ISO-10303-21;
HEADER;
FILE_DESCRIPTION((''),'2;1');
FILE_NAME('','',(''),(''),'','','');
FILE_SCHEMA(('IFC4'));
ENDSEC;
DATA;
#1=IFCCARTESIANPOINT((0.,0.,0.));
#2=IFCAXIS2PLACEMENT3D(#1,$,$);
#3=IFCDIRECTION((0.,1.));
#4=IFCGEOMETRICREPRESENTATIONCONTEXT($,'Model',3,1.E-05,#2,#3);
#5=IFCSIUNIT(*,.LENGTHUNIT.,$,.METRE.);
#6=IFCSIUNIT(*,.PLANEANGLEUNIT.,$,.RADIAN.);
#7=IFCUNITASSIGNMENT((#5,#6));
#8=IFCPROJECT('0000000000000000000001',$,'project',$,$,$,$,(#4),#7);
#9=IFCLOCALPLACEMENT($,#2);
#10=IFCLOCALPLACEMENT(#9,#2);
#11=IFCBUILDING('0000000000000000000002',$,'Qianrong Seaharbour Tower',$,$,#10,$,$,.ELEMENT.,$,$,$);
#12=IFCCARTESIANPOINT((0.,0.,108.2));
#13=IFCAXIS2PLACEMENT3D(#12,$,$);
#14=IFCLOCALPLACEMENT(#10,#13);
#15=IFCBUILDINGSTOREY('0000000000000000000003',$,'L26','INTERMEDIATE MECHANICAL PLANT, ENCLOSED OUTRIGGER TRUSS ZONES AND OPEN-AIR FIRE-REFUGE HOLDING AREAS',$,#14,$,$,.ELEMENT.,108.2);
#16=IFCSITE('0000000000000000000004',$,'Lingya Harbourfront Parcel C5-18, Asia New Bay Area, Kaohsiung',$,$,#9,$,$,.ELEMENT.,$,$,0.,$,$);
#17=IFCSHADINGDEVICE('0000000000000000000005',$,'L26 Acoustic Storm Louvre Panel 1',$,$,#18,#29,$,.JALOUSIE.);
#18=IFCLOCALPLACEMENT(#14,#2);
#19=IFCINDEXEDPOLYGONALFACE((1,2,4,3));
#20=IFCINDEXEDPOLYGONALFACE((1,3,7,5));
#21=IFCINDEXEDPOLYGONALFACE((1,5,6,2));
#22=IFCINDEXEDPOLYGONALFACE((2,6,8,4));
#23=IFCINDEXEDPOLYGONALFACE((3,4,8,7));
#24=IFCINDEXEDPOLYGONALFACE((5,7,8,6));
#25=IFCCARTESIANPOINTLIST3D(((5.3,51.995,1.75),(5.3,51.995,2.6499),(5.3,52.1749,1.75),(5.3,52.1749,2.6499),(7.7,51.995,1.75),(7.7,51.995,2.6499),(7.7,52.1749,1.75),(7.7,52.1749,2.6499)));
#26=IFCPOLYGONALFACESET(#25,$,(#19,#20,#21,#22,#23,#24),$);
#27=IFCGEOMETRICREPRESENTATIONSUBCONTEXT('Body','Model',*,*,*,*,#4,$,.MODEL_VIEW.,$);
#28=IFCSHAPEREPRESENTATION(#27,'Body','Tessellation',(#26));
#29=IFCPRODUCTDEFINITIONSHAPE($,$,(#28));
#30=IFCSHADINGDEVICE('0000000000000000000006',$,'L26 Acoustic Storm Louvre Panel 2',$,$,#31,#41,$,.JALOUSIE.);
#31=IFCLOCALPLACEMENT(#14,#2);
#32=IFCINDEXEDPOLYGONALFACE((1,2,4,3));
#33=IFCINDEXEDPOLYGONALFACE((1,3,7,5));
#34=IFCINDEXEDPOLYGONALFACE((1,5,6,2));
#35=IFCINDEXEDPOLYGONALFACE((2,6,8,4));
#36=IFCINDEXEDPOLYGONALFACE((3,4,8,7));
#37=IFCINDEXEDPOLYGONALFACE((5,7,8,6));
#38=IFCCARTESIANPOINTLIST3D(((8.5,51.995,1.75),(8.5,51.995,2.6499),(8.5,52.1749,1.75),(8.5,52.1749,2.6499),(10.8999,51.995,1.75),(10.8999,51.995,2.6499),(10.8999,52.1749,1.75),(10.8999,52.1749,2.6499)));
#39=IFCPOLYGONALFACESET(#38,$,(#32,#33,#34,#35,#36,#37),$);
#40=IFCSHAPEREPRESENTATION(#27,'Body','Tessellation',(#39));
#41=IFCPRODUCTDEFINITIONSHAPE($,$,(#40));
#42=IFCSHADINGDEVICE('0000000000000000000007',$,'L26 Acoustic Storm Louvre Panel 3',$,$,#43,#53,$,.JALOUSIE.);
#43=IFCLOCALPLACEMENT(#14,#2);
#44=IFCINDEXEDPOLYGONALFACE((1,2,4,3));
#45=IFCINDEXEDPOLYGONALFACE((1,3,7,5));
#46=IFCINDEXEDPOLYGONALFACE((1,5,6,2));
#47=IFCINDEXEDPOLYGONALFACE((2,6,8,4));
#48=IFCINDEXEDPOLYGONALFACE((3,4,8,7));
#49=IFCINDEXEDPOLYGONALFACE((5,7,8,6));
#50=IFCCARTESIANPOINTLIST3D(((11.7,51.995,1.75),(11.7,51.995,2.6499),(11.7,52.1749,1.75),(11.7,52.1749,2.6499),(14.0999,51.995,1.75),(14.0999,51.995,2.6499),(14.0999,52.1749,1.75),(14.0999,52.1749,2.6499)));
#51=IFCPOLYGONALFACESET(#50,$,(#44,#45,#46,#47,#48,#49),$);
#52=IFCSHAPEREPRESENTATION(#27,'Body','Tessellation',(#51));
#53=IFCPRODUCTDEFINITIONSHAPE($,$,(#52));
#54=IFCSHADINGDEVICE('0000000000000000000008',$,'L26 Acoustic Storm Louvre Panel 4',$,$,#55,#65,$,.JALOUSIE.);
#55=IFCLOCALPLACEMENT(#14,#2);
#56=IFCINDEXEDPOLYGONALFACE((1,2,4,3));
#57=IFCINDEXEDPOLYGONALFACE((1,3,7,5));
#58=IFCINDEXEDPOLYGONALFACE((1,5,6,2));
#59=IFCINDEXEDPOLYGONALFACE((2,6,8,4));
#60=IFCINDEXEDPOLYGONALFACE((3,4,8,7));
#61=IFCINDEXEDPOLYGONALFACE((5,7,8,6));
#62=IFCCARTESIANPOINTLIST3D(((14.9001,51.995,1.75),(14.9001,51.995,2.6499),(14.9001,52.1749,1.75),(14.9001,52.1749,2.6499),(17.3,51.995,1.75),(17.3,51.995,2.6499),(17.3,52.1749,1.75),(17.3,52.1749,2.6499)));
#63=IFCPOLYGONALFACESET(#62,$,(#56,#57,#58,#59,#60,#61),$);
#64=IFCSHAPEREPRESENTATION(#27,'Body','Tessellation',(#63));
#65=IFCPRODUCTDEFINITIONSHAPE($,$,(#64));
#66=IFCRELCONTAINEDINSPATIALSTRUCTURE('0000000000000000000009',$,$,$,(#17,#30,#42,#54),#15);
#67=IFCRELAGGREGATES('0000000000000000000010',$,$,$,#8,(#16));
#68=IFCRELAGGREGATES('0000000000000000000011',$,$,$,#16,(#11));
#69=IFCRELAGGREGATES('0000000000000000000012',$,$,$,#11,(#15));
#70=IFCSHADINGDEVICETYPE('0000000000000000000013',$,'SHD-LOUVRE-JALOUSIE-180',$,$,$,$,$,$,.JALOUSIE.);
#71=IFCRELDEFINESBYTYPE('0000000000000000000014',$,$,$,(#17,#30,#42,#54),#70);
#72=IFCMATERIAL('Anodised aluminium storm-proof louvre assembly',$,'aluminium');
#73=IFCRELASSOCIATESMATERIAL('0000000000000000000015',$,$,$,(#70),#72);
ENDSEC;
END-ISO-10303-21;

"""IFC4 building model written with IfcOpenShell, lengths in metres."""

from ifc_helpers import new_model, si_unit, direction, frame, origin, origin_2d, place, context, subcontext, project, spatial, rectangle, extrude, material, type_object, element, save


model = new_model("IFC4")

# Units and contexts
model_context = context("Model", 3, precision=1e-05, world=origin(), true_north=direction((0.0, 1.0)))
body_context = subcontext(model_context, "Body", "Model", "MODEL_VIEW")
ifc_project = project(units=[si_unit("LENGTHUNIT", "METRE"), si_unit("PLANEANGLEUNIT", "RADIAN")], contexts=[model_context])

# Site, building, storey
site_placement = place(None, origin())
site = spatial("IfcSite", under=ifc_project, at=site_placement, Name="Lingya Harbourfront Parcel C5-18, Asia New Bay Area, Kaohsiung", CompositionType="ELEMENT", RefElevation=0.0)
building_placement = place(site_placement, origin())
building = spatial("IfcBuilding", under=site, at=building_placement, Name="Qianrong Seaharbour Tower", CompositionType="ELEMENT")
storey_placement = place(building_placement, frame((0.0, 0.0, 108.2)))
storey = spatial("IfcBuildingStorey", under=building, at=storey_placement, Name="L26", Description="INTERMEDIATE MECHANICAL PLANT, ENCLOSED OUTRIGGER TRUSS ZONES AND OPEN-AIR FIRE-REFUGE HOLDING AREAS", CompositionType="ELEMENT", Elevation=108.2)

# Shading devices
ifc_material_1 = material(Name="Anodised aluminium storm-proof louvre assembly", Category="aluminium")
shading_device_type = type_object("IfcShadingDeviceType", Name="SHD-LOUVRE-JALOUSIE-180", PredefinedType="JALOUSIE", material=ifc_material_1)
for number, where, z_axis, x_axis, name in (
    (1, (6.5, 52.085, 1.75), (0.0, 0.0, 1.0), (1.0, 0.0, 0.0), "L26 Acoustic Storm Louvre Panel 1"),
    (2, (9.7, 52.085, 1.75), (0.0, 0.0, 1.0), (1.0, 0.0, 0.0), "L26 Acoustic Storm Louvre Panel 2"),
    (3, (12.8999, 52.085, 1.75), (0.0, 0.0, 1.0), (1.0, 0.0, 0.0), "L26 Acoustic Storm Louvre Panel 3"),
    (4, (16.1001, 52.085, 1.75), (0.0, 0.0, 1.0), (1.0, 0.0, 0.0), "L26 Acoustic Storm Louvre Panel 4"),
):
    element("IfcShadingDevice", number, at=place(storey_placement, frame(where, z_axis=z_axis, x_axis=x_axis)), inside=storey, type_object=shading_device_type, Name=name, PredefinedType="JALOUSIE", context=body_context, shape_type="SweptSolid", body=[
        extrude(rectangle(XDim=2.3999, YDim=0.1799, at=origin_2d()), origin(), (0.0, 0.0, 1.0), 0.8999),
    ])

save(model, "model.ifc")
